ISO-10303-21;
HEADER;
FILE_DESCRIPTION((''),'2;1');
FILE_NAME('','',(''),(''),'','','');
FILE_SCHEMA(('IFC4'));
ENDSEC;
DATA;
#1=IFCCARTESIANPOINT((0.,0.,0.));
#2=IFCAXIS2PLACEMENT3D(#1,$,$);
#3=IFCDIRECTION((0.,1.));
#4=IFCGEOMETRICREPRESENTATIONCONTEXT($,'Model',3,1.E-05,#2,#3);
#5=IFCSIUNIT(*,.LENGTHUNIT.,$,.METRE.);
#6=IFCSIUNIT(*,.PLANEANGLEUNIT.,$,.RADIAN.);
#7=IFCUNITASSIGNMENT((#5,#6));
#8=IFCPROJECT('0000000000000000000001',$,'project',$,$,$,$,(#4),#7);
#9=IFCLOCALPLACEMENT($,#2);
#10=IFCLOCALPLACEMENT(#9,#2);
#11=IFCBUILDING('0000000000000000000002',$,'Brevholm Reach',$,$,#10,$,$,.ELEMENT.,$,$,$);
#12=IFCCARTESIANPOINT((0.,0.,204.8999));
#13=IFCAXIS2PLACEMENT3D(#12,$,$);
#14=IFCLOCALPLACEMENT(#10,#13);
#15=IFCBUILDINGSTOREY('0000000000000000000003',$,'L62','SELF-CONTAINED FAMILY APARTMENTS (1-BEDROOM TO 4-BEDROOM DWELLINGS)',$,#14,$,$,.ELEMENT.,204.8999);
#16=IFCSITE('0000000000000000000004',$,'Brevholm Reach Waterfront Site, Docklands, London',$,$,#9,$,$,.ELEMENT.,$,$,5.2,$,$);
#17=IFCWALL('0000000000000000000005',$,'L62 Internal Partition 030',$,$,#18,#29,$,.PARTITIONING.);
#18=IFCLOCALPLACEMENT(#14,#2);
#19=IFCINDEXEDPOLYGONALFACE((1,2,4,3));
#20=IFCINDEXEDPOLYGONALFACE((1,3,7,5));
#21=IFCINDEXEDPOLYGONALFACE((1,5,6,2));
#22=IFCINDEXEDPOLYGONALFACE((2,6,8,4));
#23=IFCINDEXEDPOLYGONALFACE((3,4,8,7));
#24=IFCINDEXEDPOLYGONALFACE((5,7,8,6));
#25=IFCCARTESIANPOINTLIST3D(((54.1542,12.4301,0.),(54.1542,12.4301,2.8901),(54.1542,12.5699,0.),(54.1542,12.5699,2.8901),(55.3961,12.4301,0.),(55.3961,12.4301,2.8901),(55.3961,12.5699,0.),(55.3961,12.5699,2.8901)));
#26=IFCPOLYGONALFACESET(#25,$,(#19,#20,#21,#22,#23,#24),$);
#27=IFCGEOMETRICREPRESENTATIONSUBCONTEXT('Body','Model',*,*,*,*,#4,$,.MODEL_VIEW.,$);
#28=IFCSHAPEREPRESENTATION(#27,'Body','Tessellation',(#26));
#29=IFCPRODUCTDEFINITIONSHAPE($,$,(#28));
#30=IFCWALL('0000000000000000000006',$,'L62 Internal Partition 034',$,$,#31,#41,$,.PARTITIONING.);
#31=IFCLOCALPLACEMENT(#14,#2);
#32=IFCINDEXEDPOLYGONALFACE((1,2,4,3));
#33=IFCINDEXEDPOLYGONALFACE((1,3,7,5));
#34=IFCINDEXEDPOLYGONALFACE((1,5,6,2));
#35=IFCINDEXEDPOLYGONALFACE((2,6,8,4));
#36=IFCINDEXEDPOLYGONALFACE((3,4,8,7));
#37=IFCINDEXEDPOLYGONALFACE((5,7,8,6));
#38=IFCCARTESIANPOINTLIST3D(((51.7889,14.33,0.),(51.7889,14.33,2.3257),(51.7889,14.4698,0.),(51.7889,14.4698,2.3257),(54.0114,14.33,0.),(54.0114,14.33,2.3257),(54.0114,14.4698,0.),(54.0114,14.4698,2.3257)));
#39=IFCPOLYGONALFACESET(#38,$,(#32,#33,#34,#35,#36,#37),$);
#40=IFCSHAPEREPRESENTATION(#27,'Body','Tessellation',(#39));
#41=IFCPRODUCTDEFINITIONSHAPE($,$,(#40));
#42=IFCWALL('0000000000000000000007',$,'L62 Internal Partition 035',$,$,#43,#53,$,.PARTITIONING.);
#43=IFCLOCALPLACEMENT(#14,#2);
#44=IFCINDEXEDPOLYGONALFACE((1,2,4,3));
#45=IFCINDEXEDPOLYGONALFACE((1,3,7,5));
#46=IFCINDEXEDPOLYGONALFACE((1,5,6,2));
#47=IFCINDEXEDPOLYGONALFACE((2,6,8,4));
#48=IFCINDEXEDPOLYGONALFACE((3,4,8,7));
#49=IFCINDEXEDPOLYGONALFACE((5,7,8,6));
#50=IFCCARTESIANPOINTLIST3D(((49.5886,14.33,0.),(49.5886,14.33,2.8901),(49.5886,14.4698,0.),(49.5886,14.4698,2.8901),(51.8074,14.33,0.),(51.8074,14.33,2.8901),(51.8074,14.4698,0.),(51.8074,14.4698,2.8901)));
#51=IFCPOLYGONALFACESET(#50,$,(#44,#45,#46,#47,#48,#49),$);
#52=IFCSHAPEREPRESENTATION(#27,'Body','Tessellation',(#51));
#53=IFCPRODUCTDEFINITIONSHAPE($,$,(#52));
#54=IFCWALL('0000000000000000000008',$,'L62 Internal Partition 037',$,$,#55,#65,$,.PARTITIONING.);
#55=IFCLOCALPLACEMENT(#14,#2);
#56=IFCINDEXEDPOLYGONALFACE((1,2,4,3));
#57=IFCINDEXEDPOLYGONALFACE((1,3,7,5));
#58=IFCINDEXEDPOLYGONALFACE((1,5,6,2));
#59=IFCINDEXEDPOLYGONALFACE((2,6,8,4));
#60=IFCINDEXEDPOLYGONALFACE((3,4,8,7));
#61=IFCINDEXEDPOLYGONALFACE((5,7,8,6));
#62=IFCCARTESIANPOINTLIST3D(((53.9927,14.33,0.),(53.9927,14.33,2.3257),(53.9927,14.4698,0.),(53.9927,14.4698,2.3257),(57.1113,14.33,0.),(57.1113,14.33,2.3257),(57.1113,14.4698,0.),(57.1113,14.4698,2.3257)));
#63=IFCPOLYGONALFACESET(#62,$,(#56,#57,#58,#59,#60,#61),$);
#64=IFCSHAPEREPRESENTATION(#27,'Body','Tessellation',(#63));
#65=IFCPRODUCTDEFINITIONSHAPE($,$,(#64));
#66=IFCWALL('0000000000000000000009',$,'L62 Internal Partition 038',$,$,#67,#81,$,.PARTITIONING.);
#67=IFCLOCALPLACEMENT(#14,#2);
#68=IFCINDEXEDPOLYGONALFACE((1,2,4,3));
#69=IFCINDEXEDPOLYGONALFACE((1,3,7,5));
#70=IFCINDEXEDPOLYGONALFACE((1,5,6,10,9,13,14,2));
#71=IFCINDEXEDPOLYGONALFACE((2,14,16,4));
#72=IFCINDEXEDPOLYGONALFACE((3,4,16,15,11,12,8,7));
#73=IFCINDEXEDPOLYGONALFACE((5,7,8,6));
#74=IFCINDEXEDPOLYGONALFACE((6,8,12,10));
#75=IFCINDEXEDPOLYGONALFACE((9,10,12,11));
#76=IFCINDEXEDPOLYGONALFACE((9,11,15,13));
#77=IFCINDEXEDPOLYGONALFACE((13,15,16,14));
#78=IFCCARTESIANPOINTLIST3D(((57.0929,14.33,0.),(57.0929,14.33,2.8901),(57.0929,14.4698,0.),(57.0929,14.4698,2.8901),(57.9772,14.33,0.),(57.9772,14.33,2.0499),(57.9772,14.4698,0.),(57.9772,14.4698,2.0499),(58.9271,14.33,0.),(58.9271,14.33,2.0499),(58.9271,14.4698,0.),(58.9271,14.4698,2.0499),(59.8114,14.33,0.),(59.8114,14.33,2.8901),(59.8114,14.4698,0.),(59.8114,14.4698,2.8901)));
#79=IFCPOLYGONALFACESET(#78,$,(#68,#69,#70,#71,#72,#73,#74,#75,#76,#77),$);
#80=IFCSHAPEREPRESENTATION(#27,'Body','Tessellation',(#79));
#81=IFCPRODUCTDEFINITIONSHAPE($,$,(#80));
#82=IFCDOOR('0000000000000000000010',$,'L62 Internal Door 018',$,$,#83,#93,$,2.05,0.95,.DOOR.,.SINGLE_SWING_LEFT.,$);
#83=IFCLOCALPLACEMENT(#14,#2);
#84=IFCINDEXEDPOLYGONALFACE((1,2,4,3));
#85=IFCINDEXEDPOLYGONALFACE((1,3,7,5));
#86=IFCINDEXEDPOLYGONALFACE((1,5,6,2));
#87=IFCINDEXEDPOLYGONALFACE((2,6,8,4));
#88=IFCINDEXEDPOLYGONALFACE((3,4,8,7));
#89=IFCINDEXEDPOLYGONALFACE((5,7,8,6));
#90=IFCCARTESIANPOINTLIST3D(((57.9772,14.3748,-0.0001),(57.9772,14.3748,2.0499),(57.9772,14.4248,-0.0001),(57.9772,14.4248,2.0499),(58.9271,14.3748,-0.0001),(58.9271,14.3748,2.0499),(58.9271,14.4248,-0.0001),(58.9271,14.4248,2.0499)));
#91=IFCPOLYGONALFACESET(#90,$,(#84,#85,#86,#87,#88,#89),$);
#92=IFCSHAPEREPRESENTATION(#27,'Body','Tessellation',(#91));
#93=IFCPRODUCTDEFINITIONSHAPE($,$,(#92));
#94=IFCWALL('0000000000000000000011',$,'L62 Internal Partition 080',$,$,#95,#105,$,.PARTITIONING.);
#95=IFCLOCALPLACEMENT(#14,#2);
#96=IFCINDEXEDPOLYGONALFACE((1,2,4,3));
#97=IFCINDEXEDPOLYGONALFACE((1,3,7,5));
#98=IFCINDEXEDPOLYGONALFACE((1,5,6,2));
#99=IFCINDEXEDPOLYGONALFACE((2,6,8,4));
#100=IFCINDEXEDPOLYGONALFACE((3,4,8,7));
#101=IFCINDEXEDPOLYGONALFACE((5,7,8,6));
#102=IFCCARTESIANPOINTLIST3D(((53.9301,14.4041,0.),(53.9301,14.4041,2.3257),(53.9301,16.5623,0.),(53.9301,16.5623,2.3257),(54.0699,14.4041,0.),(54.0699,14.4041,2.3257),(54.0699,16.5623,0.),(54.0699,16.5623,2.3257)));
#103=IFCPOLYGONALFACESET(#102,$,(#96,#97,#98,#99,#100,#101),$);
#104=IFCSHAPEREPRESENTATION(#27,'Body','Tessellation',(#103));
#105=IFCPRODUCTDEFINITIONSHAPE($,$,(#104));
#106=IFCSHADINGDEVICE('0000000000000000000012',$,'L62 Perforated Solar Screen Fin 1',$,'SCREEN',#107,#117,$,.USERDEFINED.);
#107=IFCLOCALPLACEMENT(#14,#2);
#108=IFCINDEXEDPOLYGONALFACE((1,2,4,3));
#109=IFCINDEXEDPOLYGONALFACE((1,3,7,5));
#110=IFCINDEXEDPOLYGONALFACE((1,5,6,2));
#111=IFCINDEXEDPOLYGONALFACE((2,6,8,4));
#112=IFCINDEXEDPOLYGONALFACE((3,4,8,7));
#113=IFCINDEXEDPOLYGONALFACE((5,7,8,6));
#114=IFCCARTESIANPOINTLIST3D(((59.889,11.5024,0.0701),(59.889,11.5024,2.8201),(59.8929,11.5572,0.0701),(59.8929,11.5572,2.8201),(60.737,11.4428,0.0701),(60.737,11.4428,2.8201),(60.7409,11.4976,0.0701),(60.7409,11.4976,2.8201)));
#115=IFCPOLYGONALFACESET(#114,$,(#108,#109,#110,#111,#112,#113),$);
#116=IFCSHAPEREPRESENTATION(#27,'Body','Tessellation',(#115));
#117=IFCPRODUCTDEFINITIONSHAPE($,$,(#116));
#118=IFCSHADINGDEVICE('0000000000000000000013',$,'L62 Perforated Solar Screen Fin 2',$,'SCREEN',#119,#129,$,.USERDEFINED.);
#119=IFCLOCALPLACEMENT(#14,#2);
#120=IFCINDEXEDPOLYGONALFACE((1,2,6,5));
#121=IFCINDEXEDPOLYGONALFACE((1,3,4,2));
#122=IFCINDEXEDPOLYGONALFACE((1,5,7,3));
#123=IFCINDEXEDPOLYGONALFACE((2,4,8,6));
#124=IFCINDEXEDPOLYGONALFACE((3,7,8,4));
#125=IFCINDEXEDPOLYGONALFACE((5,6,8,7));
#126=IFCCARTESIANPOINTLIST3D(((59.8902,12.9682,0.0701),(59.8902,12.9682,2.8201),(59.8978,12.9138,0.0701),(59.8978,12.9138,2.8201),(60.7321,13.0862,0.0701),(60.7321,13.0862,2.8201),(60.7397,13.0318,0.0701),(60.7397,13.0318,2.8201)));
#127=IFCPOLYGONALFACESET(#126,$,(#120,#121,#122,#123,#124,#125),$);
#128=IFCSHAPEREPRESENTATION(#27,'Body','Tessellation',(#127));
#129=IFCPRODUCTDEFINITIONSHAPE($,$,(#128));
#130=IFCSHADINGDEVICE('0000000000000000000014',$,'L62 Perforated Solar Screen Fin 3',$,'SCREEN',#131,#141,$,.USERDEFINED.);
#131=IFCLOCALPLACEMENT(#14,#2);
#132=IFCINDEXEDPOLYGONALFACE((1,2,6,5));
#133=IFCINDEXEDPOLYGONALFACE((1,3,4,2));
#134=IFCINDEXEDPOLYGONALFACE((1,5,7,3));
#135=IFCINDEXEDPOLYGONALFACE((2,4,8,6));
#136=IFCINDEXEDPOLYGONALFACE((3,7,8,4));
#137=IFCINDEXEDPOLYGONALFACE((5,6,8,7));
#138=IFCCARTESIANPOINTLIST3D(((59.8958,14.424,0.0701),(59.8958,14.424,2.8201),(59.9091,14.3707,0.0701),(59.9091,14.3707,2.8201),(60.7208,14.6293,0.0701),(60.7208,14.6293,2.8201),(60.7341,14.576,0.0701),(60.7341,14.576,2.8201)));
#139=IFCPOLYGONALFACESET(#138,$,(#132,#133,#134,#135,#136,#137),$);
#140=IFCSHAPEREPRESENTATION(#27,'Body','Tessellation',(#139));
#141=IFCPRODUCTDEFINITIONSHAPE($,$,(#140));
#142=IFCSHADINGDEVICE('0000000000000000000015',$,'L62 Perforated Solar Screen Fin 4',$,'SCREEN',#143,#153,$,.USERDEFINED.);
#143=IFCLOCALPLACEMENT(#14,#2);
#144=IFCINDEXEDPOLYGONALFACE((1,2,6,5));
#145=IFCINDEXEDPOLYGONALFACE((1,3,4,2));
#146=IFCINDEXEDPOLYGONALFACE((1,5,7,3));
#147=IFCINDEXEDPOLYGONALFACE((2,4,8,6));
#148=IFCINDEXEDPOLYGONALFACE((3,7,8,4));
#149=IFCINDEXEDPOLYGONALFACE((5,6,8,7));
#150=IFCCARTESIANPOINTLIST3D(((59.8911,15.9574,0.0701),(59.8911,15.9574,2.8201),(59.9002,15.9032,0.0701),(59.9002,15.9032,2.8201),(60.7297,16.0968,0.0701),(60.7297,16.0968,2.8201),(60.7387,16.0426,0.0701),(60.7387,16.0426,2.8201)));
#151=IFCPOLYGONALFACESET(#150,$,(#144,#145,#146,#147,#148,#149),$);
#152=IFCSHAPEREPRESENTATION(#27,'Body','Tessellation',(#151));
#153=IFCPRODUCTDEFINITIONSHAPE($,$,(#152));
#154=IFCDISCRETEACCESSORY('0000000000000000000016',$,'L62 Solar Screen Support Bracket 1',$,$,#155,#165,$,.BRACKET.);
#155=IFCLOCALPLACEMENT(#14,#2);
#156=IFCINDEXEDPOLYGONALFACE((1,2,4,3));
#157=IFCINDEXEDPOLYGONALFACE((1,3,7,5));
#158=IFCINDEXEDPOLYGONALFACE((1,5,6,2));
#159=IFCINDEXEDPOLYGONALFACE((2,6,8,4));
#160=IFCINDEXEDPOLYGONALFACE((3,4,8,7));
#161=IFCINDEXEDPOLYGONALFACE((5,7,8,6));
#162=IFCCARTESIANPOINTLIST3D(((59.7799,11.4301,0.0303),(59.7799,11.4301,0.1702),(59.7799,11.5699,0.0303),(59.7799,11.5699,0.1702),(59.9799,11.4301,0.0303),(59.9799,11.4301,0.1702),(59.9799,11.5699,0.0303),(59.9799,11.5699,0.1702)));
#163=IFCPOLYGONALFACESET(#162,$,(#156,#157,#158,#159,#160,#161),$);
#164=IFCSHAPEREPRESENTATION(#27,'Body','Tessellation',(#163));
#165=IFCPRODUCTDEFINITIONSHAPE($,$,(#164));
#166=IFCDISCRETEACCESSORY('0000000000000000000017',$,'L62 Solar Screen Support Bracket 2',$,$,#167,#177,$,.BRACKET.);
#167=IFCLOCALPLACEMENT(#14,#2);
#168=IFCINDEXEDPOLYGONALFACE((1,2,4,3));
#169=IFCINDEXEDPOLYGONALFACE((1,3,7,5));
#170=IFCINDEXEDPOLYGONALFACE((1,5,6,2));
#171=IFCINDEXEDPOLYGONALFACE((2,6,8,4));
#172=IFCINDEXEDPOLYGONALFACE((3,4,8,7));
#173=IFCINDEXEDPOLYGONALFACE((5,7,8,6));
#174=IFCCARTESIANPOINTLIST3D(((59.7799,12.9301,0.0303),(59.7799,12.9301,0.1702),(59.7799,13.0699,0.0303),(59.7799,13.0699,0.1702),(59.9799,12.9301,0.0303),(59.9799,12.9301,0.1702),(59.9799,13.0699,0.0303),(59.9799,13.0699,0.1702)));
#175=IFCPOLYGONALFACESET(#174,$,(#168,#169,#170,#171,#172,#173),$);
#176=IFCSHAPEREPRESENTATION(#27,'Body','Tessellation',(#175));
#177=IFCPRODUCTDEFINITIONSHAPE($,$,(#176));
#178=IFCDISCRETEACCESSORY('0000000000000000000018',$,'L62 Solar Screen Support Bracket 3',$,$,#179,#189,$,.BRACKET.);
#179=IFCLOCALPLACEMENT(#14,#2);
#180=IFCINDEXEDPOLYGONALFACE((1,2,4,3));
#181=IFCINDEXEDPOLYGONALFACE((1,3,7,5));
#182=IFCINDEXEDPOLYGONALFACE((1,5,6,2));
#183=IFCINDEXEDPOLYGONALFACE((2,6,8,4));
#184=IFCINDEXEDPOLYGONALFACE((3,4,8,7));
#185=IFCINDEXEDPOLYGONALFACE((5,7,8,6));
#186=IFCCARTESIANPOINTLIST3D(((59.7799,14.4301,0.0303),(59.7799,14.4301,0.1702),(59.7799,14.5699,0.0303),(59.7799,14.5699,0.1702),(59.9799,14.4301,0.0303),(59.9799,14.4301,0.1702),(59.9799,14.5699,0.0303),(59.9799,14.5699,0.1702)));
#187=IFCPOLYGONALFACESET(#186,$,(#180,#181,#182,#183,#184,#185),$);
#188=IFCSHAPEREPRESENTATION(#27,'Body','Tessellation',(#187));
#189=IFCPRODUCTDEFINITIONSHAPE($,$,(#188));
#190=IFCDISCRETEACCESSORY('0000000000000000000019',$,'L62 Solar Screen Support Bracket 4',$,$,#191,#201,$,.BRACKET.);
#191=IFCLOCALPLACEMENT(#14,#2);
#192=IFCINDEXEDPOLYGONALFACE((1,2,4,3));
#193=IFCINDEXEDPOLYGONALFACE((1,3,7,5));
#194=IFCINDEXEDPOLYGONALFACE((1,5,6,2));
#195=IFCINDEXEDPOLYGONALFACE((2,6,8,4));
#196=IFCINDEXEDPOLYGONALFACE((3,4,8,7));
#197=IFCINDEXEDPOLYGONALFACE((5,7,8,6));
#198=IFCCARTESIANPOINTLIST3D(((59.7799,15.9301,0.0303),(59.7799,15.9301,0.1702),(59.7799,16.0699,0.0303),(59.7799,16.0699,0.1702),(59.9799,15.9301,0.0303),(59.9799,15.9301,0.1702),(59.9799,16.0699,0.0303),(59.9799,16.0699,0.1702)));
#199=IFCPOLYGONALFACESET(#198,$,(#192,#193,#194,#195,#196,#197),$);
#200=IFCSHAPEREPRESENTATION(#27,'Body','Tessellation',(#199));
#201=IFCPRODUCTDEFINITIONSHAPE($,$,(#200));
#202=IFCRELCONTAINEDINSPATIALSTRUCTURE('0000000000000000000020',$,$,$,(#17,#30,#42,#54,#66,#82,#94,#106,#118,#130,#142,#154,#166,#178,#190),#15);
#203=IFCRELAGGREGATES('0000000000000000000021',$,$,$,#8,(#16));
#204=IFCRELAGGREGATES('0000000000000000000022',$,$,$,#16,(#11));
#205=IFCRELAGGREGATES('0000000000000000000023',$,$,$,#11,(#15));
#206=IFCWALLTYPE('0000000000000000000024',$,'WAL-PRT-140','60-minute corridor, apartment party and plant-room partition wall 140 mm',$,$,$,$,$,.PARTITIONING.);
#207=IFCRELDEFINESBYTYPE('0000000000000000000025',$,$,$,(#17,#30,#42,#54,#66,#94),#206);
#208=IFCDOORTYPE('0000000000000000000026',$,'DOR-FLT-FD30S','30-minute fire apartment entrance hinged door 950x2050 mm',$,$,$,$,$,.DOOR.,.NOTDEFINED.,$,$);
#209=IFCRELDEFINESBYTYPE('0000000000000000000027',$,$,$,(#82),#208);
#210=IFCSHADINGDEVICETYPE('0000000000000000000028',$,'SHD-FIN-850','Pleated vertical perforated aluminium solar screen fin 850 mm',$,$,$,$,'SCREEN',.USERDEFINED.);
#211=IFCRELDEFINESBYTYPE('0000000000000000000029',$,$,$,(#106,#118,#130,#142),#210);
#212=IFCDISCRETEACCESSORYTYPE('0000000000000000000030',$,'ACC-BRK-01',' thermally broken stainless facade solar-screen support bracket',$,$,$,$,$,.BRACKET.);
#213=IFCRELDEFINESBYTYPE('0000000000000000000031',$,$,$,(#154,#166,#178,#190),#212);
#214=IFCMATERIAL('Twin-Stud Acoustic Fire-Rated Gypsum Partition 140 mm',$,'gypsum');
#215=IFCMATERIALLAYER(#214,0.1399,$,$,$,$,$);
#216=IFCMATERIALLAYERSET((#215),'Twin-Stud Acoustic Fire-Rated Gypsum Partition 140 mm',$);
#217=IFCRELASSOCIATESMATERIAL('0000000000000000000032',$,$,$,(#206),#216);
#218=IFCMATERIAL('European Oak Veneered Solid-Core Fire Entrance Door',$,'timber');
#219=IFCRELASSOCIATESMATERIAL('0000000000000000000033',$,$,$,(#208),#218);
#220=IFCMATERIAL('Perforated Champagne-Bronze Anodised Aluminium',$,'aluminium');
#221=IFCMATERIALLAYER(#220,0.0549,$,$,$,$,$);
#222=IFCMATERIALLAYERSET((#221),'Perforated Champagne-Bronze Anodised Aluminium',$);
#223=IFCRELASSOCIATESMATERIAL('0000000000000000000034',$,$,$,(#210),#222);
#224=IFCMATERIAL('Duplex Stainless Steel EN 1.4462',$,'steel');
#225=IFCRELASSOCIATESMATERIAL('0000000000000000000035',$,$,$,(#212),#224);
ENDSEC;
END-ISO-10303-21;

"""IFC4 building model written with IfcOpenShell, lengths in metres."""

from ifc_helpers import new_model, si_unit, direction, frame, frame_2d, origin, origin_2d, place, context, subcontext, project, spatial, rectangle, extrude, material, layer, layer_set, type_object, element, fill, save


model = new_model("IFC4")

# Units and contexts
model_context = context("Model", 3, precision=1e-05, world=origin(), true_north=direction((0.0, 1.0)))
body_context = subcontext(model_context, "Body", "Model", "MODEL_VIEW")
ifc_project = project(units=[si_unit("LENGTHUNIT", "METRE"), si_unit("PLANEANGLEUNIT", "RADIAN")], contexts=[model_context])

# Site, building, storey
site_placement = place(None, origin())
site = spatial("IfcSite", under=ifc_project, at=site_placement, Name="Brevholm Reach Waterfront Site, Docklands, London", CompositionType="ELEMENT", RefElevation=5.2)
building_placement = place(site_placement, origin())
building = spatial("IfcBuilding", under=site, at=building_placement, Name="Brevholm Reach", CompositionType="ELEMENT")
storey_placement = place(building_placement, frame((0.0, 0.0, 204.8999)))
storey = spatial("IfcBuildingStorey", under=building, at=storey_placement, Name="L62", Description="SELF-CONTAINED FAMILY APARTMENTS (1-BEDROOM TO 4-BEDROOM DWELLINGS)", CompositionType="ELEMENT", Elevation=204.8999)

# Walls
ifc_material_1 = material(Name="Twin-Stud Acoustic Fire-Rated Gypsum Partition 140 mm", Category="gypsum")
ifc_layer_1 = layer(ifc_material_1, 0.1399)
ifc_layer_set_1 = layer_set([ifc_layer_1], Name="Twin-Stud Acoustic Fire-Rated Gypsum Partition 140 mm")
wall_type_1 = type_object("IfcWallType", Name="WAL-PRT-140", Description="60-minute corridor, apartment party and plant-room partition wall 140 mm", PredefinedType="PARTITIONING", material=ifc_layer_set_1)
wall_1_placement = place(storey_placement, frame((54.1541, 12.5, 0.0), z_axis=(0.0, 0.0, 1.0), x_axis=(1.0, 0.0, 0.0)))
element("IfcWall", 1, at=wall_1_placement, inside=storey, type_object=wall_type_1, Name="L62 Internal Partition 030", PredefinedType="PARTITIONING", context=body_context, shape_type="SweptSolid", body=[
    extrude(rectangle(XDim=1.2419, YDim=0.1399, at=frame_2d((0.6211, 0.0))), origin(), (0.0, 0.0, 1.0), 2.8901),
])
wall_2_placement = place(storey_placement, frame((51.7888, 14.3999, 0.0), z_axis=(0.0, 0.0, 1.0), x_axis=(1.0, 0.0, 0.0)))
element("IfcWall", 2, at=wall_2_placement, inside=storey, type_object=wall_type_1, Name="L62 Internal Partition 034", PredefinedType="PARTITIONING", context=body_context, shape_type="SweptSolid", body=[
    extrude(rectangle(XDim=2.2224, YDim=0.1399, at=frame_2d((1.1113, 0.0))), origin(), (0.0, 0.0, 1.0), 2.3257),
])
wall_3_placement = place(storey_placement, frame((49.5886, 14.3999, 0.0), z_axis=(0.0, 0.0, 1.0), x_axis=(1.0, 0.0, 0.0)))
element("IfcWall", 3, at=wall_3_placement, inside=storey, type_object=wall_type_1, Name="L62 Internal Partition 035", PredefinedType="PARTITIONING", context=body_context, shape_type="SweptSolid", body=[
    extrude(rectangle(XDim=2.2188, YDim=0.1399, at=frame_2d((1.1094, 0.0))), origin(), (0.0, 0.0, 1.0), 2.8901),
])
wall_4_placement = place(storey_placement, frame((53.9927, 14.3999, 0.0), z_axis=(0.0, 0.0, 1.0), x_axis=(1.0, 0.0, 0.0)))
element("IfcWall", 4, at=wall_4_placement, inside=storey, type_object=wall_type_1, Name="L62 Internal Partition 037", PredefinedType="PARTITIONING", context=body_context, shape_type="SweptSolid", body=[
    extrude(rectangle(XDim=3.1187, YDim=0.1399, at=frame_2d((1.5593, 0.0))), origin(), (0.0, 0.0, 1.0), 2.3257),
])

# Wall, opening, door
wall_5_placement = place(storey_placement, frame((57.0928, 14.3999, 0.0), z_axis=(0.0, 0.0, 1.0), x_axis=(1.0, 0.0, 0.0)))
wall_5 = element("IfcWall", 5, at=wall_5_placement, inside=storey, type_object=wall_type_1, Name="L62 Internal Partition 038", PredefinedType="PARTITIONING", context=body_context, shape_type="SweptSolid", body=[
    extrude(rectangle(XDim=2.7185, YDim=0.1399, at=frame_2d((1.3594, 0.0))), origin(), (0.0, 0.0, 1.0), 2.8901),
])
opening_1_placement = place(wall_5_placement, frame((0.8843, 0.0, 0.0)))
opening_1 = element("IfcOpeningElement", 6, at=opening_1_placement, cuts=wall_5, PredefinedType="OPENING", context=body_context, shape_type="SweptSolid", body=[
    extrude(rectangle(XDim=0.95, YDim=2.05, at=frame_2d((0.4751, 1.0249))), frame((0.0, 0.0798, 0.0), z_axis=(0.0, -1.0, 0.0), x_axis=(1.0, 0.0, 0.0)), (0.0, 0.0, 1.0), 0.1599),
])
ifc_material_2 = material(Name="European Oak Veneered Solid-Core Fire Entrance Door", Category="timber")
door_type_1 = type_object("IfcDoorType", Name="DOR-FLT-FD30S", Description="30-minute fire apartment entrance hinged door 950x2050 mm", OperationType="NOTDEFINED", PredefinedType="DOOR", material=ifc_material_2)
door_1_placement = place(opening_1_placement, origin())
door_1 = element("IfcDoor", 7, at=door_1_placement, inside=storey, type_object=door_type_1, Name="L62 Internal Door 018", OperationType="SINGLE_SWING_LEFT", OverallHeight=2.05, OverallWidth=0.95, PredefinedType="DOOR", context=body_context, shape_type="SweptSolid", body=[
    extrude(rectangle(XDim=0.95, YDim=2.05, at=frame_2d((0.4751, 1.0249))), frame((0.0, 0.0249, 0.0), z_axis=(0.0, -1.0, 0.0), x_axis=(1.0, 0.0, 0.0)), (0.0, 0.0, 1.0), 0.05),
])
fill(opening_1, door_1)

# Wall
wall_6_placement = place(storey_placement, frame((54.0, 14.4041, 0.0), z_axis=(0.0, 0.0, 1.0), x_axis=(0.0, 1.0, 0.0)))
element("IfcWall", 8, at=wall_6_placement, inside=storey, type_object=wall_type_1, Name="L62 Internal Partition 080", PredefinedType="PARTITIONING", context=body_context, shape_type="SweptSolid", body=[
    extrude(rectangle(XDim=2.1582, YDim=0.1399, at=frame_2d((1.0791, 0.0))), origin(), (0.0, 0.0, 1.0), 2.3257),
])

# Shading devices
ifc_material_3 = material(Name="Perforated Champagne-Bronze Anodised Aluminium", Category="aluminium")
ifc_layer_2 = layer(ifc_material_3, 0.0549)
ifc_layer_set_2 = layer_set([ifc_layer_2], Name="Perforated Champagne-Bronze Anodised Aluminium")
shading_device_type = type_object("IfcShadingDeviceType", Name="SHD-FIN-850", Description="Pleated vertical perforated aluminium solar screen fin 850 mm", ElementType="SCREEN", PredefinedType="USERDEFINED", material=ifc_layer_set_2)
for number, where, z_axis, x_axis, name in (
    (9, (60.3149, 11.5, 0.0701), (0.0, 0.0, 1.0), (0.997541, -0.070087, 0.0), "L62 Perforated Solar Screen Fin 1"),
    (10, (60.3149, 13.0, 0.0701), (0.0, 0.0, 1.0), (0.990319, 0.13881, 0.0), "L62 Perforated Solar Screen Fin 2"),
    (11, (60.3149, 14.5, 0.0701), (0.0, 0.0, 1.0), (0.970426, 0.241397, 0.0), "L62 Perforated Solar Screen Fin 3"),
    (12, (60.3149, 16.0, 0.0701), (0.0, 0.0, 1.0), (0.986461, 0.163997, 0.0), "L62 Perforated Solar Screen Fin 4"),
):
    element("IfcShadingDevice", number, at=place(storey_placement, frame(where, z_axis=z_axis, x_axis=x_axis)), inside=storey, type_object=shading_device_type, Name=name, ObjectType="SCREEN", PredefinedType="USERDEFINED", context=body_context, shape_type="SweptSolid", body=[
        extrude(rectangle(XDim=0.8501, YDim=0.0549, at=origin_2d()), origin(), (0.0, 0.0, 1.0), 2.75),
    ])

# Discrete accessories
ifc_material_4 = material(Name="Duplex Stainless Steel EN 1.4462", Category="steel")
discrete_accessory_type = type_object("IfcDiscreteAccessoryType", Name="ACC-BRK-01", Description=" thermally broken stainless facade solar-screen support bracket", PredefinedType="BRACKET", material=ifc_material_4)
for number, where, z_axis, x_axis, name in (
    (13, (59.8799, 11.5, 0.0303), (0.0, 0.0, 1.0), (1.0, 0.0, 0.0), "L62 Solar Screen Support Bracket 1"),
    (14, (59.8799, 13.0, 0.0303), (0.0, 0.0, 1.0), (1.0, 0.0, 0.0), "L62 Solar Screen Support Bracket 2"),
    (15, (59.8799, 14.5, 0.0303), (0.0, 0.0, 1.0), (1.0, 0.0, 0.0), "L62 Solar Screen Support Bracket 3"),
    (16, (59.8799, 16.0, 0.0303), (0.0, 0.0, 1.0), (1.0, 0.0, 0.0), "L62 Solar Screen Support Bracket 4"),
):
    element("IfcDiscreteAccessory", number, at=place(storey_placement, frame(where, z_axis=z_axis, x_axis=x_axis)), inside=storey, type_object=discrete_accessory_type, Name=name, PredefinedType="BRACKET", context=body_context, shape_type="SweptSolid", body=[
        extrude(rectangle(XDim=0.2, YDim=0.1399, at=origin_2d()), origin(), (0.0, 0.0, 1.0), 0.1399),
    ])

save(model, "model.ifc")
